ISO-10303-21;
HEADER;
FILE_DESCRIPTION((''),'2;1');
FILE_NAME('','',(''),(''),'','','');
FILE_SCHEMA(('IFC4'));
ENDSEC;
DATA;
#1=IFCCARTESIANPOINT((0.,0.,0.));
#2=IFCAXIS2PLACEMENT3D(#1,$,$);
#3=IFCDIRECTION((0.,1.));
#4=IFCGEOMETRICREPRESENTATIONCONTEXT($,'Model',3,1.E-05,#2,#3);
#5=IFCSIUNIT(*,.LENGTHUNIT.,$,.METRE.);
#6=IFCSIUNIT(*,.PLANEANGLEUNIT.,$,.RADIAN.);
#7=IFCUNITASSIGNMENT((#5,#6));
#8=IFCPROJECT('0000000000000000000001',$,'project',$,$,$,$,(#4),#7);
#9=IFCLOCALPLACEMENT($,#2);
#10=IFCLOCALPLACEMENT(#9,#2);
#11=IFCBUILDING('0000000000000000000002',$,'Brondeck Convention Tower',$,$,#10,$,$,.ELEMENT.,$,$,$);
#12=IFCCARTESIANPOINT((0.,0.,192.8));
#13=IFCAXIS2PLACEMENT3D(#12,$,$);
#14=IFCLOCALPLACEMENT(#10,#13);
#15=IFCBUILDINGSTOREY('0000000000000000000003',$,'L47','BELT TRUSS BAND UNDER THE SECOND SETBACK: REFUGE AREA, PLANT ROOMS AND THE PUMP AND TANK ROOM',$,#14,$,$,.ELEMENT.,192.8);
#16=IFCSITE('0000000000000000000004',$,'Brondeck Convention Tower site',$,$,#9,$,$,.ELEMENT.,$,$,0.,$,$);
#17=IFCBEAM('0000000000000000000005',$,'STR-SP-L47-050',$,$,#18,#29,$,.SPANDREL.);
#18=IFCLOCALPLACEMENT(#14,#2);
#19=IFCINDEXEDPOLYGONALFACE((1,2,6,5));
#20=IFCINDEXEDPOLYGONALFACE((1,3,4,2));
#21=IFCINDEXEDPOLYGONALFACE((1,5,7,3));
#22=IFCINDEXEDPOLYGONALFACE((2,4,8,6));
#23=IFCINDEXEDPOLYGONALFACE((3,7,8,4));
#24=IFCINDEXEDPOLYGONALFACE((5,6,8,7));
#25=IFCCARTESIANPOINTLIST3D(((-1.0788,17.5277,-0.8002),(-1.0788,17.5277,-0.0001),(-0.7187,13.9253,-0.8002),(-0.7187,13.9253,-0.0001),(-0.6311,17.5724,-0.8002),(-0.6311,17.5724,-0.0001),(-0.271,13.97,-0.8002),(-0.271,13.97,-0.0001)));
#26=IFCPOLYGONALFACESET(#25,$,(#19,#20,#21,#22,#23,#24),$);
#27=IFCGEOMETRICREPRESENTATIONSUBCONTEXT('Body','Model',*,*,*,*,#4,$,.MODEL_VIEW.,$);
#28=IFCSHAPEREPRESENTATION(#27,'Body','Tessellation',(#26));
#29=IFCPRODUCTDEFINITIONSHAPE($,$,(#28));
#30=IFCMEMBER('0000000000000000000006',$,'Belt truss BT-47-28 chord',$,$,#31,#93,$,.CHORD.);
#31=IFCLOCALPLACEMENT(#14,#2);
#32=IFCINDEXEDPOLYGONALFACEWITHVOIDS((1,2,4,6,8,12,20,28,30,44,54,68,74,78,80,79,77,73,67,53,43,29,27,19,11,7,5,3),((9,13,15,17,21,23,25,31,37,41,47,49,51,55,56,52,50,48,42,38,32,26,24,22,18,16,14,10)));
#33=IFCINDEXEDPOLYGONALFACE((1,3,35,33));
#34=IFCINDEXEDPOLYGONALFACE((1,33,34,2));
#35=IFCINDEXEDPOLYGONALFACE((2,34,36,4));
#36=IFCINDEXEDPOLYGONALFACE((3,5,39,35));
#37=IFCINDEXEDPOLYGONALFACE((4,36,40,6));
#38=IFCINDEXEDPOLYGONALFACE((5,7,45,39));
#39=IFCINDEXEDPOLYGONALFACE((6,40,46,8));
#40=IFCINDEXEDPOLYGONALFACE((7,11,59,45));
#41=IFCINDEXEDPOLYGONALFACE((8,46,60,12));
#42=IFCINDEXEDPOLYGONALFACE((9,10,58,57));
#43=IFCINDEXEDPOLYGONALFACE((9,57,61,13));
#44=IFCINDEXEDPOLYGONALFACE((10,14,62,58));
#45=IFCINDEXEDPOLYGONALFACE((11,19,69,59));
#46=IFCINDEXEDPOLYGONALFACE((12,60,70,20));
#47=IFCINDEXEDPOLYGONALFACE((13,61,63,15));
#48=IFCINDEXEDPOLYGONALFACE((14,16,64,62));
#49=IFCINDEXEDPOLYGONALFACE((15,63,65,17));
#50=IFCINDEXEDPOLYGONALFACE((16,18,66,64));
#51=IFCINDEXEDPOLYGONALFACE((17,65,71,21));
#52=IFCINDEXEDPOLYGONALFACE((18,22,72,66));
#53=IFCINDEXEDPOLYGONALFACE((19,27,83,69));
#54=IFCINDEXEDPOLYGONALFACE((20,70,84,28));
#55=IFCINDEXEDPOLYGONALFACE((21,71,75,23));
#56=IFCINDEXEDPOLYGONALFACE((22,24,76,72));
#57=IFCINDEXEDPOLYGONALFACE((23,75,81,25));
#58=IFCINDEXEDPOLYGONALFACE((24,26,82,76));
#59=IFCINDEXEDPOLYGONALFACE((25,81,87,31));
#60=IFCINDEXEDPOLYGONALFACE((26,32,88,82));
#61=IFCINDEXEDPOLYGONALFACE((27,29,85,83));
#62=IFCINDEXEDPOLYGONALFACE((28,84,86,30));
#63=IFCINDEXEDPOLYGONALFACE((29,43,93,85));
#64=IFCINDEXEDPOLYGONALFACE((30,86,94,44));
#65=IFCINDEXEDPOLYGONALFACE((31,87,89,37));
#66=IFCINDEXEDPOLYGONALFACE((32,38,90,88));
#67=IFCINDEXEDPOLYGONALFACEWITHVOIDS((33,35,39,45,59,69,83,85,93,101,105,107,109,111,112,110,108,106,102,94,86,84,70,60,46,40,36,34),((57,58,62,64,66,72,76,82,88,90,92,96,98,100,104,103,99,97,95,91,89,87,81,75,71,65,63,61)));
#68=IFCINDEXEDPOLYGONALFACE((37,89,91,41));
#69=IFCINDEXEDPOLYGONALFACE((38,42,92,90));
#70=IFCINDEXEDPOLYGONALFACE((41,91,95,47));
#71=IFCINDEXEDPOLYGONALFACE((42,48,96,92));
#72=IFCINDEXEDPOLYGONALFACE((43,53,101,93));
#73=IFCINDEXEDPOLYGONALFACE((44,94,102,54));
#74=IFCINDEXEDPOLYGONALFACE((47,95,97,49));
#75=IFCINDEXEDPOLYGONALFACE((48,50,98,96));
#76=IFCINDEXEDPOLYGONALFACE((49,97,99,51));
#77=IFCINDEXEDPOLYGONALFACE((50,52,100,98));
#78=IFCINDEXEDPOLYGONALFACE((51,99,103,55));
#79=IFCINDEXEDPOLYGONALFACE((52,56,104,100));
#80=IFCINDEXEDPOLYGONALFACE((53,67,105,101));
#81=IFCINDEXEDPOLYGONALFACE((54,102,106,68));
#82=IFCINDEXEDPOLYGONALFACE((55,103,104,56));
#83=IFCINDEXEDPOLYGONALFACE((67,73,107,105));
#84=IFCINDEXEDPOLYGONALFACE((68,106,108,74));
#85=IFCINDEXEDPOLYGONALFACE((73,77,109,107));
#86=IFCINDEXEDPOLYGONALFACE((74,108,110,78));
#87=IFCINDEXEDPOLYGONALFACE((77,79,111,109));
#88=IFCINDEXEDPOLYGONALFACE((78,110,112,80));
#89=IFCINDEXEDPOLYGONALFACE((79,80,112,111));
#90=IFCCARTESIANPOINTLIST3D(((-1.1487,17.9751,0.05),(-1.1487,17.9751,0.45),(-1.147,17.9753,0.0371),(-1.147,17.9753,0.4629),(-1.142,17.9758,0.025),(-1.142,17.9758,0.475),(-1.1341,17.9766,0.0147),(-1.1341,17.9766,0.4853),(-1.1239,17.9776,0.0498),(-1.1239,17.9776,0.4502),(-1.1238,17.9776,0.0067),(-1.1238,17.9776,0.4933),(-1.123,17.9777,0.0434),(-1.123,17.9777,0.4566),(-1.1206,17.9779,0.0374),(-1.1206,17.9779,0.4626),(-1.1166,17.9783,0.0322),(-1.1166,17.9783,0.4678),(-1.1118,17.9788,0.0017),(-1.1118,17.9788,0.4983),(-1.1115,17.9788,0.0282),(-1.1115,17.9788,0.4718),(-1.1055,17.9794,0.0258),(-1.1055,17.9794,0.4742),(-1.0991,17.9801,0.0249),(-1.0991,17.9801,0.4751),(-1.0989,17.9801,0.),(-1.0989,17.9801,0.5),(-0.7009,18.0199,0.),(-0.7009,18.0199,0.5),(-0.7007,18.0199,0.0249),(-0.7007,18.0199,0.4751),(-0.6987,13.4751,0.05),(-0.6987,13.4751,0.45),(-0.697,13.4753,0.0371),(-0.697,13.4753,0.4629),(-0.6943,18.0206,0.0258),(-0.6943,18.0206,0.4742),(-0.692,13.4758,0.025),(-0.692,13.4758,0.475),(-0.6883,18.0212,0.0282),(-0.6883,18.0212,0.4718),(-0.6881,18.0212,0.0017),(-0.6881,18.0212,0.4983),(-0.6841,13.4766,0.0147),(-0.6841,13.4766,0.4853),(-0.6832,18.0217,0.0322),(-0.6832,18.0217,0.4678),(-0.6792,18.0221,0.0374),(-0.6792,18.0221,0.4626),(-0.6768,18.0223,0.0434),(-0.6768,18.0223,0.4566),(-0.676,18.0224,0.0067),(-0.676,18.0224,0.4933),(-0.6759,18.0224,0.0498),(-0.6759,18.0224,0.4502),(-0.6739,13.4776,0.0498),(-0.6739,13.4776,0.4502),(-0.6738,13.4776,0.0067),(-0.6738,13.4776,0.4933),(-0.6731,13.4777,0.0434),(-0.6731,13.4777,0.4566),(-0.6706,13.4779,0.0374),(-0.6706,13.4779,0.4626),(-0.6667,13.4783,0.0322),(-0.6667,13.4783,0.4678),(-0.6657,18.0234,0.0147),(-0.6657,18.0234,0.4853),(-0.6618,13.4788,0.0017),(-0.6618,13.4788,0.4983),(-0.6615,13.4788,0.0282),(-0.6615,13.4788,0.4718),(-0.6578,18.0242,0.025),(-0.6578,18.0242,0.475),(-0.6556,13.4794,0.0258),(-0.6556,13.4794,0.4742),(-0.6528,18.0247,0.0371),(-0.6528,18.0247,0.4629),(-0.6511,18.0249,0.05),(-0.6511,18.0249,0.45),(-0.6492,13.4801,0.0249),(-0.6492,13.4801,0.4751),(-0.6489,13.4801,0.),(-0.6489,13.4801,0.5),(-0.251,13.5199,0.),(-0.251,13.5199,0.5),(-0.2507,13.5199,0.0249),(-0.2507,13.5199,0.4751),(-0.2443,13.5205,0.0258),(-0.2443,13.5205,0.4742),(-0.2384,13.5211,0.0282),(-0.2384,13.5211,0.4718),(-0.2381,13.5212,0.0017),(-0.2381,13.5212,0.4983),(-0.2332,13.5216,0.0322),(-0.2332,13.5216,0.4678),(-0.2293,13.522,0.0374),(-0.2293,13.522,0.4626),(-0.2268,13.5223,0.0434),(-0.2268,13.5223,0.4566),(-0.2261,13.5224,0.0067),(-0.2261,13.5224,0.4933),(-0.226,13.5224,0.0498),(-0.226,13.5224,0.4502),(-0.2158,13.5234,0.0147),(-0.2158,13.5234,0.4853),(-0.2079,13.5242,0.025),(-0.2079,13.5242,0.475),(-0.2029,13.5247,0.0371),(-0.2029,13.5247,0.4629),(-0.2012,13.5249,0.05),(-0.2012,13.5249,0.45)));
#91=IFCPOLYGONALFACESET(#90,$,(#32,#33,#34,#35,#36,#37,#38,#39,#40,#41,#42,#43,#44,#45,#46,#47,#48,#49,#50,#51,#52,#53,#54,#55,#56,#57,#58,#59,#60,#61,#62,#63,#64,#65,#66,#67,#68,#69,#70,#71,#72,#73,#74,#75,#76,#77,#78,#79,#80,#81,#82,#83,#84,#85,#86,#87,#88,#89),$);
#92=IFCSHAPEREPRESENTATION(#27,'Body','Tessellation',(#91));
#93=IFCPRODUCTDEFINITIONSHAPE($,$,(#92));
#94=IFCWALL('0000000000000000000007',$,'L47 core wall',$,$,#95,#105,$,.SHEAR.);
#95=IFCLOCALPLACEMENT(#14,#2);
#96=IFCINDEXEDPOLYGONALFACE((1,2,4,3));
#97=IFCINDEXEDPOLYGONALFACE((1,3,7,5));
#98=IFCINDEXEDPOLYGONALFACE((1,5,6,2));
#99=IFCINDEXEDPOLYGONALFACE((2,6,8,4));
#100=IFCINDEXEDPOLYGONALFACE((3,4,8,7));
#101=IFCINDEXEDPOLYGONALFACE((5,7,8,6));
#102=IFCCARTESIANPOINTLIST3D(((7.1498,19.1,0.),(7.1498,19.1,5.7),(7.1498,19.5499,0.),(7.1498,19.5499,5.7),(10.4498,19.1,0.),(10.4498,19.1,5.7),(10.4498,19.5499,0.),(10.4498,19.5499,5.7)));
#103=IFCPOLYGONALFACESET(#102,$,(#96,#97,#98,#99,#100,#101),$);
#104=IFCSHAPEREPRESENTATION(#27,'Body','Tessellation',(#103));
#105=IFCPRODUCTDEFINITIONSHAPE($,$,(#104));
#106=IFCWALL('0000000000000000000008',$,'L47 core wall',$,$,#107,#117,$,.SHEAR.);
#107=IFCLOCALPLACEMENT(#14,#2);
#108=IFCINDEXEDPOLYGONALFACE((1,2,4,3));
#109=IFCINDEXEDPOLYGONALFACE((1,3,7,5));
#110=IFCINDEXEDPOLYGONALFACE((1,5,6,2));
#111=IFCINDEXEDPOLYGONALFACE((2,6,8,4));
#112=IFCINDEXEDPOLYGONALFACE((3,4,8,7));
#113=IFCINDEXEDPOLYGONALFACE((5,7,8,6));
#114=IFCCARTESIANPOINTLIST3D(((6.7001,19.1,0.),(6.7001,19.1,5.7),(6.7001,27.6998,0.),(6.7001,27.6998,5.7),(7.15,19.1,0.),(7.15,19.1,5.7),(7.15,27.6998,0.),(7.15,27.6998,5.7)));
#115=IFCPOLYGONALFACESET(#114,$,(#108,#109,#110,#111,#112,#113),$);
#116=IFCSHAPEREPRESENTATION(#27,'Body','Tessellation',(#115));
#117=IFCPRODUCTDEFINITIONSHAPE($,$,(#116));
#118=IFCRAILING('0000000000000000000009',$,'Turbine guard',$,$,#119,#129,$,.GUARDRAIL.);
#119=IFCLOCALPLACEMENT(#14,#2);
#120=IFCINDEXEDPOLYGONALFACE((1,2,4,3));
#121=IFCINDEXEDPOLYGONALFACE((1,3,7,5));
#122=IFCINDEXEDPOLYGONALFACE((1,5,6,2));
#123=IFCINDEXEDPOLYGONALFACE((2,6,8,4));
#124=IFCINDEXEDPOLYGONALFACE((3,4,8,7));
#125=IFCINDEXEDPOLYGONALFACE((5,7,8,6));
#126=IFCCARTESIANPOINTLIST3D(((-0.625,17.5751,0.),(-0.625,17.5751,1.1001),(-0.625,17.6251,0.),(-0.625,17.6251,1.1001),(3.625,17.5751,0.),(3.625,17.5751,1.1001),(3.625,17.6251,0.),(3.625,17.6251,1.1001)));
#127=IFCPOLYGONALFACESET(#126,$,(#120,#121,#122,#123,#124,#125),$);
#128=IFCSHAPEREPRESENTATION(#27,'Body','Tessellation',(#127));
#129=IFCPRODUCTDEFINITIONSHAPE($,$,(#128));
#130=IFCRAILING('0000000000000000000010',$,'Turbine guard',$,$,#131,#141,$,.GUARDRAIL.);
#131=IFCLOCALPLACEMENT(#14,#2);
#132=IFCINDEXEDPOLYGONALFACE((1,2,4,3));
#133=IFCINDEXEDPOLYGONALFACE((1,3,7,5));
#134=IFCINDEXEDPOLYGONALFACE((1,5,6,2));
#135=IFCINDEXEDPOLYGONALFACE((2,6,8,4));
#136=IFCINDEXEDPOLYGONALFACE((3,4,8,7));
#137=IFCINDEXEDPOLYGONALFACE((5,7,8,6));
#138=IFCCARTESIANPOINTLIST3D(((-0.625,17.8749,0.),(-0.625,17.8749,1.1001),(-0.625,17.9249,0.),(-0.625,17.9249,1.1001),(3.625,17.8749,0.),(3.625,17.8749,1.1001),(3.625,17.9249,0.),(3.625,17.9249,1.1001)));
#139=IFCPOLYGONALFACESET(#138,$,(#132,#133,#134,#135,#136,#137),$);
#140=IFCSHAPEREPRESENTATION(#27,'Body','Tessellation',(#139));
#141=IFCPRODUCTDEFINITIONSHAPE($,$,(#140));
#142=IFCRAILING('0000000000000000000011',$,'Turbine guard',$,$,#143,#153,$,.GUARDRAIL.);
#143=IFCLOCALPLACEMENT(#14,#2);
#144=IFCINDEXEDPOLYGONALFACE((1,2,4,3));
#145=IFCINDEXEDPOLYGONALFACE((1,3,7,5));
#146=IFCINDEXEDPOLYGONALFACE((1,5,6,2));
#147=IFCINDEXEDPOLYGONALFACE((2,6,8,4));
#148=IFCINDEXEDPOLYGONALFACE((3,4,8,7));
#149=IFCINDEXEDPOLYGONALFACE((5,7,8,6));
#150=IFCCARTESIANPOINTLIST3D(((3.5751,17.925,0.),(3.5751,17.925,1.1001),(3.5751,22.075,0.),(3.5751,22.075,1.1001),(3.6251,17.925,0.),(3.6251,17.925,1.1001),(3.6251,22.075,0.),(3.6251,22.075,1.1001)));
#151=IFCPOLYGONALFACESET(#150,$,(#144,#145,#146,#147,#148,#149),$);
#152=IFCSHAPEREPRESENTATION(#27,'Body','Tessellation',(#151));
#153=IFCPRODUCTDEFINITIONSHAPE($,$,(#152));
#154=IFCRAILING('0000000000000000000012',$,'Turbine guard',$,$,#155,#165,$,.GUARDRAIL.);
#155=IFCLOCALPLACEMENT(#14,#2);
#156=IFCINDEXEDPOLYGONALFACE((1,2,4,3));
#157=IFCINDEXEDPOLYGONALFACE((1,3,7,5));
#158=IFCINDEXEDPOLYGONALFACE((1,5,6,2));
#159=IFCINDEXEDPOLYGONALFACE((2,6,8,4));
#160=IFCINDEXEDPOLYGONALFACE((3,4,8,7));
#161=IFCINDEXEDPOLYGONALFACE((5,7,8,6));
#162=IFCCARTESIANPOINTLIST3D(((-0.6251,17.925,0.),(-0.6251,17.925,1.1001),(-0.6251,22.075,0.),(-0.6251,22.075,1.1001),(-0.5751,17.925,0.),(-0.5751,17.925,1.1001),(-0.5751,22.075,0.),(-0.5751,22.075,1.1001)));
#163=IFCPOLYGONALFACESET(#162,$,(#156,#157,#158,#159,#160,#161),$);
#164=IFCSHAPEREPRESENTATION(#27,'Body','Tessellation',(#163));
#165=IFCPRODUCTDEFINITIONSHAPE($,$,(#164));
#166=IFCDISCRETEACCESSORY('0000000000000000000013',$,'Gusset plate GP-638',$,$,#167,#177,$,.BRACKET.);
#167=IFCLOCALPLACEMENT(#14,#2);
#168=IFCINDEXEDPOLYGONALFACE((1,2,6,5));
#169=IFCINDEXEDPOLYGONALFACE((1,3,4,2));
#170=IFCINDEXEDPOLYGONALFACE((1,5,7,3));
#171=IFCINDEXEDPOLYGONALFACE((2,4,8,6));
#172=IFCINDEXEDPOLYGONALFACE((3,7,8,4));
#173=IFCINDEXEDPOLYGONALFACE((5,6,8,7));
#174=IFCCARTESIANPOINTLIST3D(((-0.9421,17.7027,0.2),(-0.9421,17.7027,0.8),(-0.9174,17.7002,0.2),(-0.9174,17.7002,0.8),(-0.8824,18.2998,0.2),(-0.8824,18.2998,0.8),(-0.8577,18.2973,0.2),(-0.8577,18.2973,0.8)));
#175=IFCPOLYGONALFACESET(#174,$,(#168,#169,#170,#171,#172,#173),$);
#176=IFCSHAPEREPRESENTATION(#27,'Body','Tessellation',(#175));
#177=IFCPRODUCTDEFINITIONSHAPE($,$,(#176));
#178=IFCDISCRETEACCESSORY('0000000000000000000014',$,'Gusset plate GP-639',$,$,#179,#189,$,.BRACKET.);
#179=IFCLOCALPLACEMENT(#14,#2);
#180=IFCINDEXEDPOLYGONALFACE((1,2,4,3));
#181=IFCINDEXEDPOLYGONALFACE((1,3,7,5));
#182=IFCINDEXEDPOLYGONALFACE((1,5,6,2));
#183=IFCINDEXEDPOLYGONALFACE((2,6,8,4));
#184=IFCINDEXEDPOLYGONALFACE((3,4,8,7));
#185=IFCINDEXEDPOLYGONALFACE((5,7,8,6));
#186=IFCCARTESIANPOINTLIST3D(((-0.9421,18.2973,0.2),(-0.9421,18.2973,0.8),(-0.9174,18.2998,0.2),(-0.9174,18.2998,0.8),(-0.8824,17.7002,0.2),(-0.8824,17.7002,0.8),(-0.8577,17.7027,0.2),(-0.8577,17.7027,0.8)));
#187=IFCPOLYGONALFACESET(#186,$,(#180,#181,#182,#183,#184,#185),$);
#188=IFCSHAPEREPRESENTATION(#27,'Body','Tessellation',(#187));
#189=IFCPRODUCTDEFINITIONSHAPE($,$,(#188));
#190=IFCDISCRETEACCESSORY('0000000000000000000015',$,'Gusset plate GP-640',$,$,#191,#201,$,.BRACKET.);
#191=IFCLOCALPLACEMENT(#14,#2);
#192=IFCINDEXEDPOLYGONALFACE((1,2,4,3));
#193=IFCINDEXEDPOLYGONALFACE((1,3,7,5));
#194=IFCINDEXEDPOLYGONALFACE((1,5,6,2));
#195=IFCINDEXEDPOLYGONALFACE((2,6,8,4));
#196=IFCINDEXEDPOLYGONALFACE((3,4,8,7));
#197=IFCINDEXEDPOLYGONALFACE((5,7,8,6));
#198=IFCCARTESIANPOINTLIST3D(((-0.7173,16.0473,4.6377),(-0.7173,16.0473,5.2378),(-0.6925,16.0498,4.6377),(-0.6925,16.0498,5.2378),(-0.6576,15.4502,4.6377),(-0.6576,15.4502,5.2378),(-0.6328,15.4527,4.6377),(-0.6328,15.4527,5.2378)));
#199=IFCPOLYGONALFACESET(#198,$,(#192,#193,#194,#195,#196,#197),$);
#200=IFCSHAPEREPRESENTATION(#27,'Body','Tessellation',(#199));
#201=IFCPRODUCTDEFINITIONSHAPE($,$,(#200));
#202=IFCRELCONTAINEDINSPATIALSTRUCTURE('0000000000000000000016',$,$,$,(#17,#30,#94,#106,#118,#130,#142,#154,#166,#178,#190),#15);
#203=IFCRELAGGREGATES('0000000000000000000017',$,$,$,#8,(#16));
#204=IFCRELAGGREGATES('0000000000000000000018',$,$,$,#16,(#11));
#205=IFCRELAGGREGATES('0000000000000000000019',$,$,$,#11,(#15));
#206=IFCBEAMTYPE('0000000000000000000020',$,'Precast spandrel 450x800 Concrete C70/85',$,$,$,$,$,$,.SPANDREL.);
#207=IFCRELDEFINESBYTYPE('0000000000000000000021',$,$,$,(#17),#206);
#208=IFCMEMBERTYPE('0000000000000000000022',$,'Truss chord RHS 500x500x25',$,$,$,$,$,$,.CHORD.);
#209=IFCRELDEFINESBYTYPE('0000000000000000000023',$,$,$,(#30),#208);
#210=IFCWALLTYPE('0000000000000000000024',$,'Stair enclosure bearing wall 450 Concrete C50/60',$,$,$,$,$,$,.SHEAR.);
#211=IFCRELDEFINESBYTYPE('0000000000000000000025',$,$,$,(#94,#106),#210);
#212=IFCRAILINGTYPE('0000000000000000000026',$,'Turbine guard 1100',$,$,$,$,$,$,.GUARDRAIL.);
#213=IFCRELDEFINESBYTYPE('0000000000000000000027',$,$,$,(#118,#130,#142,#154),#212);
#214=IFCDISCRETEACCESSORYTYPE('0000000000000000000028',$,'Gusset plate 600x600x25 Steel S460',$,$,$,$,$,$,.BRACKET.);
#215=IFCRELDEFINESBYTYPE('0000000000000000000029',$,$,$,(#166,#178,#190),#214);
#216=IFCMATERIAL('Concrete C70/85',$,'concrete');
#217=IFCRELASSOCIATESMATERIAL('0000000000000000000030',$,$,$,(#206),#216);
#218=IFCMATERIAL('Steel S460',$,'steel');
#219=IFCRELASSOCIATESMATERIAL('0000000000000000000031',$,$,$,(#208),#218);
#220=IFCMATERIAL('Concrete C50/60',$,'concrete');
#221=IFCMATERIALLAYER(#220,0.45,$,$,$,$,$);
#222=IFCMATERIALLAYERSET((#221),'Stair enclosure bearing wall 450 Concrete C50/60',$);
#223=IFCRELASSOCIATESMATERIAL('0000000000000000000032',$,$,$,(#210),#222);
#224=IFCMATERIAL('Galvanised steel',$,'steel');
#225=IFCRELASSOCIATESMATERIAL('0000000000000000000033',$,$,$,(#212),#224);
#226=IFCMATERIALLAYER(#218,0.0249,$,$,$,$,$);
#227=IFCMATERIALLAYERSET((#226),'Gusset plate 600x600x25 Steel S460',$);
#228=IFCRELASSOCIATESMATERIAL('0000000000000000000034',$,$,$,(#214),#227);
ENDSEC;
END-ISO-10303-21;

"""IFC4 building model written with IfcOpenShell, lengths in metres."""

from ifc_helpers import new_model, si_unit, direction, frame, frame_2d, origin, origin_2d, place, context, subcontext, project, spatial, rectangle, hollow_rectangle, extrude, material, layer, layer_set, material_profile, profile_set, type_object, element, save


model = new_model("IFC4")

# Units and contexts
model_context = context("Model", 3, precision=1e-05, world=origin(), true_north=direction((0.0, 1.0)))
body_context = subcontext(model_context, "Body", "Model", "MODEL_VIEW")
ifc_project = project(units=[si_unit("LENGTHUNIT", "METRE"), si_unit("PLANEANGLEUNIT", "RADIAN")], contexts=[model_context])

# Site, building, storey
site_placement = place(None, origin())
site = spatial("IfcSite", under=ifc_project, at=site_placement, Name="Brondeck Convention Tower site", CompositionType="ELEMENT", RefElevation=0.0)
building_placement = place(site_placement, origin())
building = spatial("IfcBuilding", under=site, at=building_placement, Name="Brondeck Convention Tower", CompositionType="ELEMENT")
storey_placement = place(building_placement, frame((0.0, 0.0, 192.8)))
storey = spatial("IfcBuildingStorey", under=building, at=storey_placement, Name="L47", Description="BELT TRUSS BAND UNDER THE SECOND SETBACK: REFUGE AREA, PLANT ROOMS AND THE PUMP AND TANK ROOM", CompositionType="ELEMENT", Elevation=192.8)

# Shared definitions
ifc_material_1 = material(Name="Concrete C70/85", Category="concrete")

# Shared definitions
ifc_material_2 = material(Name="Steel S460", Category="steel")

# Beam
ifc_material_profile_1 = material_profile(ifc_material_1, rectangle(XDim=0.45, YDim=0.8, at=origin_2d()), Name="Precast spandrel 450x800 Concrete C70/85")
ifc_profile_set_1 = profile_set([ifc_material_profile_1], Name="Concrete C70/85")
beam_type_1 = type_object("IfcBeamType", Name="Precast spandrel 450x800 Concrete C70/85", PredefinedType="SPANDREL", material=ifc_profile_set_1)
beam_1_placement = place(storey_placement, frame((-0.855, 17.55, -0.4001), z_axis=(0.09947, -0.995041, 0.0), x_axis=(0.995041, 0.09947, 0.0)))
element("IfcBeam", 1, at=beam_1_placement, inside=storey, type_object=beam_type_1, Name="STR-SP-L47-050", PredefinedType="SPANDREL", context=body_context, shape_type="SweptSolid", body=[
    extrude(rectangle(XDim=0.45, YDim=0.8, at=origin_2d()), origin(), (0.0, 0.0, 1.0), 3.6204),
])

# Member
ifc_material_profile_2 = material_profile(ifc_material_2, hollow_rectangle(XDim=0.5, YDim=0.5, WallThickness=0.0249, InnerFilletRadius=0.0249, OuterFilletRadius=0.05, at=origin_2d()), Name="RHS 500x500x25")
ifc_profile_set_2 = profile_set([ifc_material_profile_2], Name="Steel S460")
member_type_1 = type_object("IfcMemberType", Name="Truss chord RHS 500x500x25", PredefinedType="CHORD", material=ifc_profile_set_2)
member_placement = place(storey_placement, frame((-0.8999, 18.0, 0.25), z_axis=(0.099493, -0.995038, 0.0), x_axis=(0.995038, 0.099493, 0.0)))
element("IfcMember", 2, at=member_placement, inside=storey, type_object=member_type_1, Name="Belt truss BT-47-28 chord", PredefinedType="CHORD", context=body_context, shape_type="SweptSolid", body=[
    extrude(hollow_rectangle(XDim=0.5, YDim=0.5, WallThickness=0.0249, InnerFilletRadius=0.0249, OuterFilletRadius=0.05, at=origin_2d()), origin(), (0.0, 0.0, 1.0), 4.5225),
])

# Walls
ifc_material_3 = material(Name="Concrete C50/60", Category="concrete")
ifc_layer_1 = layer(ifc_material_3, 0.45)
ifc_layer_set_1 = layer_set([ifc_layer_1], Name="Stair enclosure bearing wall 450 Concrete C50/60")
wall_type = type_object("IfcWallType", Name="Stair enclosure bearing wall 450 Concrete C50/60", PredefinedType="SHEAR", material=ifc_layer_set_1)
wall_1_placement = place(storey_placement, frame((7.1499, 19.325, 0.0), z_axis=(0.0, 0.0, 1.0), x_axis=(1.0, 0.0, 0.0)))
element("IfcWall", 3, at=wall_1_placement, inside=storey, type_object=wall_type, Name="L47 core wall", PredefinedType="SHEAR", context=body_context, shape_type="SweptSolid", body=[
    extrude(rectangle(XDim=3.3, YDim=0.45, at=frame_2d((1.6499, 0.0))), origin(), (0.0, 0.0, 1.0), 5.7),
])
wall_2_placement = place(storey_placement, frame((6.925, 19.1001, 0.0), z_axis=(0.0, 0.0, 1.0), x_axis=(0.0, 1.0, 0.0)))
element("IfcWall", 4, at=wall_2_placement, inside=storey, type_object=wall_type, Name="L47 core wall", PredefinedType="SHEAR", context=body_context, shape_type="SweptSolid", body=[
    extrude(rectangle(XDim=8.5999, YDim=0.45, at=frame_2d((4.2998, 0.0))), origin(), (0.0, 0.0, 1.0), 5.7),
])

# Railings
ifc_material_4 = material(Name="Galvanised steel", Category="steel")
railing_type = type_object("IfcRailingType", Name="Turbine guard 1100", PredefinedType="GUARDRAIL", material=ifc_material_4)
for number, where, z_axis, x_axis, name in (
    (5, (1.5, 17.6001, 0.0), (0.0, 0.0, 1.0), (1.0, 0.0, 0.0), "Turbine guard"),
    (6, (1.5, 17.8999, 0.0), (0.0, 0.0, 1.0), (1.0, 0.0, 0.0), "Turbine guard"),
):
    element("IfcRailing", number, at=place(storey_placement, frame(where, z_axis=z_axis, x_axis=x_axis)), inside=storey, type_object=railing_type, Name=name, PredefinedType="GUARDRAIL", context=body_context, shape_type="SweptSolid", body=[
        extrude(rectangle(XDim=4.25, YDim=0.05, at=origin_2d()), origin(), (0.0, 0.0, 1.0), 1.1001),
    ])
for number, where, z_axis, x_axis, name in (
    (7, (3.6001, 20.0, 0.0), (0.0, 0.0, 1.0), (1.0, 0.0, 0.0), "Turbine guard"),
    (8, (-0.6001, 20.0, 0.0), (0.0, 0.0, 1.0), (1.0, 0.0, 0.0), "Turbine guard"),
):
    element("IfcRailing", number, at=place(storey_placement, frame(where, z_axis=z_axis, x_axis=x_axis)), inside=storey, type_object=railing_type, Name=name, PredefinedType="GUARDRAIL", context=body_context, shape_type="SweptSolid", body=[
        extrude(rectangle(XDim=0.05, YDim=4.1499, at=origin_2d()), origin(), (0.0, 0.0, 1.0), 1.1001),
    ])

# Discrete accessories
ifc_layer_2 = layer(ifc_material_2, 0.0249)
ifc_layer_set_2 = layer_set([ifc_layer_2], Name="Gusset plate 600x600x25 Steel S460")
discrete_accessory_type = type_object("IfcDiscreteAccessoryType", Name="Gusset plate 600x600x25 Steel S460", PredefinedType="BRACKET", material=ifc_layer_set_2)
for number, where, z_axis, x_axis, name in (
    (9, (-0.8999, 18.0, 0.2), (0.0, 0.0, 1.0), (0.099511, 0.995036, 0.0), "Gusset plate GP-638"),
    (10, (-0.8999, 18.0, 0.2), (0.0, 0.0, 1.0), (-0.099511, 0.995036, 0.0), "Gusset plate GP-639"),
    (11, (-0.675, 15.75, 4.6377), (0.0, 0.0, 1.0), (-0.099511, 0.995036, 0.0), "Gusset plate GP-640"),
):
    element("IfcDiscreteAccessory", number, at=place(storey_placement, frame(where, z_axis=z_axis, x_axis=x_axis)), inside=storey, type_object=discrete_accessory_type, Name=name, PredefinedType="BRACKET", context=body_context, shape_type="SweptSolid", body=[
        extrude(rectangle(XDim=0.6001, YDim=0.0249, at=origin_2d()), origin(), (0.0, 0.0, 1.0), 0.6001),
    ])

save(model, "model.ifc")
